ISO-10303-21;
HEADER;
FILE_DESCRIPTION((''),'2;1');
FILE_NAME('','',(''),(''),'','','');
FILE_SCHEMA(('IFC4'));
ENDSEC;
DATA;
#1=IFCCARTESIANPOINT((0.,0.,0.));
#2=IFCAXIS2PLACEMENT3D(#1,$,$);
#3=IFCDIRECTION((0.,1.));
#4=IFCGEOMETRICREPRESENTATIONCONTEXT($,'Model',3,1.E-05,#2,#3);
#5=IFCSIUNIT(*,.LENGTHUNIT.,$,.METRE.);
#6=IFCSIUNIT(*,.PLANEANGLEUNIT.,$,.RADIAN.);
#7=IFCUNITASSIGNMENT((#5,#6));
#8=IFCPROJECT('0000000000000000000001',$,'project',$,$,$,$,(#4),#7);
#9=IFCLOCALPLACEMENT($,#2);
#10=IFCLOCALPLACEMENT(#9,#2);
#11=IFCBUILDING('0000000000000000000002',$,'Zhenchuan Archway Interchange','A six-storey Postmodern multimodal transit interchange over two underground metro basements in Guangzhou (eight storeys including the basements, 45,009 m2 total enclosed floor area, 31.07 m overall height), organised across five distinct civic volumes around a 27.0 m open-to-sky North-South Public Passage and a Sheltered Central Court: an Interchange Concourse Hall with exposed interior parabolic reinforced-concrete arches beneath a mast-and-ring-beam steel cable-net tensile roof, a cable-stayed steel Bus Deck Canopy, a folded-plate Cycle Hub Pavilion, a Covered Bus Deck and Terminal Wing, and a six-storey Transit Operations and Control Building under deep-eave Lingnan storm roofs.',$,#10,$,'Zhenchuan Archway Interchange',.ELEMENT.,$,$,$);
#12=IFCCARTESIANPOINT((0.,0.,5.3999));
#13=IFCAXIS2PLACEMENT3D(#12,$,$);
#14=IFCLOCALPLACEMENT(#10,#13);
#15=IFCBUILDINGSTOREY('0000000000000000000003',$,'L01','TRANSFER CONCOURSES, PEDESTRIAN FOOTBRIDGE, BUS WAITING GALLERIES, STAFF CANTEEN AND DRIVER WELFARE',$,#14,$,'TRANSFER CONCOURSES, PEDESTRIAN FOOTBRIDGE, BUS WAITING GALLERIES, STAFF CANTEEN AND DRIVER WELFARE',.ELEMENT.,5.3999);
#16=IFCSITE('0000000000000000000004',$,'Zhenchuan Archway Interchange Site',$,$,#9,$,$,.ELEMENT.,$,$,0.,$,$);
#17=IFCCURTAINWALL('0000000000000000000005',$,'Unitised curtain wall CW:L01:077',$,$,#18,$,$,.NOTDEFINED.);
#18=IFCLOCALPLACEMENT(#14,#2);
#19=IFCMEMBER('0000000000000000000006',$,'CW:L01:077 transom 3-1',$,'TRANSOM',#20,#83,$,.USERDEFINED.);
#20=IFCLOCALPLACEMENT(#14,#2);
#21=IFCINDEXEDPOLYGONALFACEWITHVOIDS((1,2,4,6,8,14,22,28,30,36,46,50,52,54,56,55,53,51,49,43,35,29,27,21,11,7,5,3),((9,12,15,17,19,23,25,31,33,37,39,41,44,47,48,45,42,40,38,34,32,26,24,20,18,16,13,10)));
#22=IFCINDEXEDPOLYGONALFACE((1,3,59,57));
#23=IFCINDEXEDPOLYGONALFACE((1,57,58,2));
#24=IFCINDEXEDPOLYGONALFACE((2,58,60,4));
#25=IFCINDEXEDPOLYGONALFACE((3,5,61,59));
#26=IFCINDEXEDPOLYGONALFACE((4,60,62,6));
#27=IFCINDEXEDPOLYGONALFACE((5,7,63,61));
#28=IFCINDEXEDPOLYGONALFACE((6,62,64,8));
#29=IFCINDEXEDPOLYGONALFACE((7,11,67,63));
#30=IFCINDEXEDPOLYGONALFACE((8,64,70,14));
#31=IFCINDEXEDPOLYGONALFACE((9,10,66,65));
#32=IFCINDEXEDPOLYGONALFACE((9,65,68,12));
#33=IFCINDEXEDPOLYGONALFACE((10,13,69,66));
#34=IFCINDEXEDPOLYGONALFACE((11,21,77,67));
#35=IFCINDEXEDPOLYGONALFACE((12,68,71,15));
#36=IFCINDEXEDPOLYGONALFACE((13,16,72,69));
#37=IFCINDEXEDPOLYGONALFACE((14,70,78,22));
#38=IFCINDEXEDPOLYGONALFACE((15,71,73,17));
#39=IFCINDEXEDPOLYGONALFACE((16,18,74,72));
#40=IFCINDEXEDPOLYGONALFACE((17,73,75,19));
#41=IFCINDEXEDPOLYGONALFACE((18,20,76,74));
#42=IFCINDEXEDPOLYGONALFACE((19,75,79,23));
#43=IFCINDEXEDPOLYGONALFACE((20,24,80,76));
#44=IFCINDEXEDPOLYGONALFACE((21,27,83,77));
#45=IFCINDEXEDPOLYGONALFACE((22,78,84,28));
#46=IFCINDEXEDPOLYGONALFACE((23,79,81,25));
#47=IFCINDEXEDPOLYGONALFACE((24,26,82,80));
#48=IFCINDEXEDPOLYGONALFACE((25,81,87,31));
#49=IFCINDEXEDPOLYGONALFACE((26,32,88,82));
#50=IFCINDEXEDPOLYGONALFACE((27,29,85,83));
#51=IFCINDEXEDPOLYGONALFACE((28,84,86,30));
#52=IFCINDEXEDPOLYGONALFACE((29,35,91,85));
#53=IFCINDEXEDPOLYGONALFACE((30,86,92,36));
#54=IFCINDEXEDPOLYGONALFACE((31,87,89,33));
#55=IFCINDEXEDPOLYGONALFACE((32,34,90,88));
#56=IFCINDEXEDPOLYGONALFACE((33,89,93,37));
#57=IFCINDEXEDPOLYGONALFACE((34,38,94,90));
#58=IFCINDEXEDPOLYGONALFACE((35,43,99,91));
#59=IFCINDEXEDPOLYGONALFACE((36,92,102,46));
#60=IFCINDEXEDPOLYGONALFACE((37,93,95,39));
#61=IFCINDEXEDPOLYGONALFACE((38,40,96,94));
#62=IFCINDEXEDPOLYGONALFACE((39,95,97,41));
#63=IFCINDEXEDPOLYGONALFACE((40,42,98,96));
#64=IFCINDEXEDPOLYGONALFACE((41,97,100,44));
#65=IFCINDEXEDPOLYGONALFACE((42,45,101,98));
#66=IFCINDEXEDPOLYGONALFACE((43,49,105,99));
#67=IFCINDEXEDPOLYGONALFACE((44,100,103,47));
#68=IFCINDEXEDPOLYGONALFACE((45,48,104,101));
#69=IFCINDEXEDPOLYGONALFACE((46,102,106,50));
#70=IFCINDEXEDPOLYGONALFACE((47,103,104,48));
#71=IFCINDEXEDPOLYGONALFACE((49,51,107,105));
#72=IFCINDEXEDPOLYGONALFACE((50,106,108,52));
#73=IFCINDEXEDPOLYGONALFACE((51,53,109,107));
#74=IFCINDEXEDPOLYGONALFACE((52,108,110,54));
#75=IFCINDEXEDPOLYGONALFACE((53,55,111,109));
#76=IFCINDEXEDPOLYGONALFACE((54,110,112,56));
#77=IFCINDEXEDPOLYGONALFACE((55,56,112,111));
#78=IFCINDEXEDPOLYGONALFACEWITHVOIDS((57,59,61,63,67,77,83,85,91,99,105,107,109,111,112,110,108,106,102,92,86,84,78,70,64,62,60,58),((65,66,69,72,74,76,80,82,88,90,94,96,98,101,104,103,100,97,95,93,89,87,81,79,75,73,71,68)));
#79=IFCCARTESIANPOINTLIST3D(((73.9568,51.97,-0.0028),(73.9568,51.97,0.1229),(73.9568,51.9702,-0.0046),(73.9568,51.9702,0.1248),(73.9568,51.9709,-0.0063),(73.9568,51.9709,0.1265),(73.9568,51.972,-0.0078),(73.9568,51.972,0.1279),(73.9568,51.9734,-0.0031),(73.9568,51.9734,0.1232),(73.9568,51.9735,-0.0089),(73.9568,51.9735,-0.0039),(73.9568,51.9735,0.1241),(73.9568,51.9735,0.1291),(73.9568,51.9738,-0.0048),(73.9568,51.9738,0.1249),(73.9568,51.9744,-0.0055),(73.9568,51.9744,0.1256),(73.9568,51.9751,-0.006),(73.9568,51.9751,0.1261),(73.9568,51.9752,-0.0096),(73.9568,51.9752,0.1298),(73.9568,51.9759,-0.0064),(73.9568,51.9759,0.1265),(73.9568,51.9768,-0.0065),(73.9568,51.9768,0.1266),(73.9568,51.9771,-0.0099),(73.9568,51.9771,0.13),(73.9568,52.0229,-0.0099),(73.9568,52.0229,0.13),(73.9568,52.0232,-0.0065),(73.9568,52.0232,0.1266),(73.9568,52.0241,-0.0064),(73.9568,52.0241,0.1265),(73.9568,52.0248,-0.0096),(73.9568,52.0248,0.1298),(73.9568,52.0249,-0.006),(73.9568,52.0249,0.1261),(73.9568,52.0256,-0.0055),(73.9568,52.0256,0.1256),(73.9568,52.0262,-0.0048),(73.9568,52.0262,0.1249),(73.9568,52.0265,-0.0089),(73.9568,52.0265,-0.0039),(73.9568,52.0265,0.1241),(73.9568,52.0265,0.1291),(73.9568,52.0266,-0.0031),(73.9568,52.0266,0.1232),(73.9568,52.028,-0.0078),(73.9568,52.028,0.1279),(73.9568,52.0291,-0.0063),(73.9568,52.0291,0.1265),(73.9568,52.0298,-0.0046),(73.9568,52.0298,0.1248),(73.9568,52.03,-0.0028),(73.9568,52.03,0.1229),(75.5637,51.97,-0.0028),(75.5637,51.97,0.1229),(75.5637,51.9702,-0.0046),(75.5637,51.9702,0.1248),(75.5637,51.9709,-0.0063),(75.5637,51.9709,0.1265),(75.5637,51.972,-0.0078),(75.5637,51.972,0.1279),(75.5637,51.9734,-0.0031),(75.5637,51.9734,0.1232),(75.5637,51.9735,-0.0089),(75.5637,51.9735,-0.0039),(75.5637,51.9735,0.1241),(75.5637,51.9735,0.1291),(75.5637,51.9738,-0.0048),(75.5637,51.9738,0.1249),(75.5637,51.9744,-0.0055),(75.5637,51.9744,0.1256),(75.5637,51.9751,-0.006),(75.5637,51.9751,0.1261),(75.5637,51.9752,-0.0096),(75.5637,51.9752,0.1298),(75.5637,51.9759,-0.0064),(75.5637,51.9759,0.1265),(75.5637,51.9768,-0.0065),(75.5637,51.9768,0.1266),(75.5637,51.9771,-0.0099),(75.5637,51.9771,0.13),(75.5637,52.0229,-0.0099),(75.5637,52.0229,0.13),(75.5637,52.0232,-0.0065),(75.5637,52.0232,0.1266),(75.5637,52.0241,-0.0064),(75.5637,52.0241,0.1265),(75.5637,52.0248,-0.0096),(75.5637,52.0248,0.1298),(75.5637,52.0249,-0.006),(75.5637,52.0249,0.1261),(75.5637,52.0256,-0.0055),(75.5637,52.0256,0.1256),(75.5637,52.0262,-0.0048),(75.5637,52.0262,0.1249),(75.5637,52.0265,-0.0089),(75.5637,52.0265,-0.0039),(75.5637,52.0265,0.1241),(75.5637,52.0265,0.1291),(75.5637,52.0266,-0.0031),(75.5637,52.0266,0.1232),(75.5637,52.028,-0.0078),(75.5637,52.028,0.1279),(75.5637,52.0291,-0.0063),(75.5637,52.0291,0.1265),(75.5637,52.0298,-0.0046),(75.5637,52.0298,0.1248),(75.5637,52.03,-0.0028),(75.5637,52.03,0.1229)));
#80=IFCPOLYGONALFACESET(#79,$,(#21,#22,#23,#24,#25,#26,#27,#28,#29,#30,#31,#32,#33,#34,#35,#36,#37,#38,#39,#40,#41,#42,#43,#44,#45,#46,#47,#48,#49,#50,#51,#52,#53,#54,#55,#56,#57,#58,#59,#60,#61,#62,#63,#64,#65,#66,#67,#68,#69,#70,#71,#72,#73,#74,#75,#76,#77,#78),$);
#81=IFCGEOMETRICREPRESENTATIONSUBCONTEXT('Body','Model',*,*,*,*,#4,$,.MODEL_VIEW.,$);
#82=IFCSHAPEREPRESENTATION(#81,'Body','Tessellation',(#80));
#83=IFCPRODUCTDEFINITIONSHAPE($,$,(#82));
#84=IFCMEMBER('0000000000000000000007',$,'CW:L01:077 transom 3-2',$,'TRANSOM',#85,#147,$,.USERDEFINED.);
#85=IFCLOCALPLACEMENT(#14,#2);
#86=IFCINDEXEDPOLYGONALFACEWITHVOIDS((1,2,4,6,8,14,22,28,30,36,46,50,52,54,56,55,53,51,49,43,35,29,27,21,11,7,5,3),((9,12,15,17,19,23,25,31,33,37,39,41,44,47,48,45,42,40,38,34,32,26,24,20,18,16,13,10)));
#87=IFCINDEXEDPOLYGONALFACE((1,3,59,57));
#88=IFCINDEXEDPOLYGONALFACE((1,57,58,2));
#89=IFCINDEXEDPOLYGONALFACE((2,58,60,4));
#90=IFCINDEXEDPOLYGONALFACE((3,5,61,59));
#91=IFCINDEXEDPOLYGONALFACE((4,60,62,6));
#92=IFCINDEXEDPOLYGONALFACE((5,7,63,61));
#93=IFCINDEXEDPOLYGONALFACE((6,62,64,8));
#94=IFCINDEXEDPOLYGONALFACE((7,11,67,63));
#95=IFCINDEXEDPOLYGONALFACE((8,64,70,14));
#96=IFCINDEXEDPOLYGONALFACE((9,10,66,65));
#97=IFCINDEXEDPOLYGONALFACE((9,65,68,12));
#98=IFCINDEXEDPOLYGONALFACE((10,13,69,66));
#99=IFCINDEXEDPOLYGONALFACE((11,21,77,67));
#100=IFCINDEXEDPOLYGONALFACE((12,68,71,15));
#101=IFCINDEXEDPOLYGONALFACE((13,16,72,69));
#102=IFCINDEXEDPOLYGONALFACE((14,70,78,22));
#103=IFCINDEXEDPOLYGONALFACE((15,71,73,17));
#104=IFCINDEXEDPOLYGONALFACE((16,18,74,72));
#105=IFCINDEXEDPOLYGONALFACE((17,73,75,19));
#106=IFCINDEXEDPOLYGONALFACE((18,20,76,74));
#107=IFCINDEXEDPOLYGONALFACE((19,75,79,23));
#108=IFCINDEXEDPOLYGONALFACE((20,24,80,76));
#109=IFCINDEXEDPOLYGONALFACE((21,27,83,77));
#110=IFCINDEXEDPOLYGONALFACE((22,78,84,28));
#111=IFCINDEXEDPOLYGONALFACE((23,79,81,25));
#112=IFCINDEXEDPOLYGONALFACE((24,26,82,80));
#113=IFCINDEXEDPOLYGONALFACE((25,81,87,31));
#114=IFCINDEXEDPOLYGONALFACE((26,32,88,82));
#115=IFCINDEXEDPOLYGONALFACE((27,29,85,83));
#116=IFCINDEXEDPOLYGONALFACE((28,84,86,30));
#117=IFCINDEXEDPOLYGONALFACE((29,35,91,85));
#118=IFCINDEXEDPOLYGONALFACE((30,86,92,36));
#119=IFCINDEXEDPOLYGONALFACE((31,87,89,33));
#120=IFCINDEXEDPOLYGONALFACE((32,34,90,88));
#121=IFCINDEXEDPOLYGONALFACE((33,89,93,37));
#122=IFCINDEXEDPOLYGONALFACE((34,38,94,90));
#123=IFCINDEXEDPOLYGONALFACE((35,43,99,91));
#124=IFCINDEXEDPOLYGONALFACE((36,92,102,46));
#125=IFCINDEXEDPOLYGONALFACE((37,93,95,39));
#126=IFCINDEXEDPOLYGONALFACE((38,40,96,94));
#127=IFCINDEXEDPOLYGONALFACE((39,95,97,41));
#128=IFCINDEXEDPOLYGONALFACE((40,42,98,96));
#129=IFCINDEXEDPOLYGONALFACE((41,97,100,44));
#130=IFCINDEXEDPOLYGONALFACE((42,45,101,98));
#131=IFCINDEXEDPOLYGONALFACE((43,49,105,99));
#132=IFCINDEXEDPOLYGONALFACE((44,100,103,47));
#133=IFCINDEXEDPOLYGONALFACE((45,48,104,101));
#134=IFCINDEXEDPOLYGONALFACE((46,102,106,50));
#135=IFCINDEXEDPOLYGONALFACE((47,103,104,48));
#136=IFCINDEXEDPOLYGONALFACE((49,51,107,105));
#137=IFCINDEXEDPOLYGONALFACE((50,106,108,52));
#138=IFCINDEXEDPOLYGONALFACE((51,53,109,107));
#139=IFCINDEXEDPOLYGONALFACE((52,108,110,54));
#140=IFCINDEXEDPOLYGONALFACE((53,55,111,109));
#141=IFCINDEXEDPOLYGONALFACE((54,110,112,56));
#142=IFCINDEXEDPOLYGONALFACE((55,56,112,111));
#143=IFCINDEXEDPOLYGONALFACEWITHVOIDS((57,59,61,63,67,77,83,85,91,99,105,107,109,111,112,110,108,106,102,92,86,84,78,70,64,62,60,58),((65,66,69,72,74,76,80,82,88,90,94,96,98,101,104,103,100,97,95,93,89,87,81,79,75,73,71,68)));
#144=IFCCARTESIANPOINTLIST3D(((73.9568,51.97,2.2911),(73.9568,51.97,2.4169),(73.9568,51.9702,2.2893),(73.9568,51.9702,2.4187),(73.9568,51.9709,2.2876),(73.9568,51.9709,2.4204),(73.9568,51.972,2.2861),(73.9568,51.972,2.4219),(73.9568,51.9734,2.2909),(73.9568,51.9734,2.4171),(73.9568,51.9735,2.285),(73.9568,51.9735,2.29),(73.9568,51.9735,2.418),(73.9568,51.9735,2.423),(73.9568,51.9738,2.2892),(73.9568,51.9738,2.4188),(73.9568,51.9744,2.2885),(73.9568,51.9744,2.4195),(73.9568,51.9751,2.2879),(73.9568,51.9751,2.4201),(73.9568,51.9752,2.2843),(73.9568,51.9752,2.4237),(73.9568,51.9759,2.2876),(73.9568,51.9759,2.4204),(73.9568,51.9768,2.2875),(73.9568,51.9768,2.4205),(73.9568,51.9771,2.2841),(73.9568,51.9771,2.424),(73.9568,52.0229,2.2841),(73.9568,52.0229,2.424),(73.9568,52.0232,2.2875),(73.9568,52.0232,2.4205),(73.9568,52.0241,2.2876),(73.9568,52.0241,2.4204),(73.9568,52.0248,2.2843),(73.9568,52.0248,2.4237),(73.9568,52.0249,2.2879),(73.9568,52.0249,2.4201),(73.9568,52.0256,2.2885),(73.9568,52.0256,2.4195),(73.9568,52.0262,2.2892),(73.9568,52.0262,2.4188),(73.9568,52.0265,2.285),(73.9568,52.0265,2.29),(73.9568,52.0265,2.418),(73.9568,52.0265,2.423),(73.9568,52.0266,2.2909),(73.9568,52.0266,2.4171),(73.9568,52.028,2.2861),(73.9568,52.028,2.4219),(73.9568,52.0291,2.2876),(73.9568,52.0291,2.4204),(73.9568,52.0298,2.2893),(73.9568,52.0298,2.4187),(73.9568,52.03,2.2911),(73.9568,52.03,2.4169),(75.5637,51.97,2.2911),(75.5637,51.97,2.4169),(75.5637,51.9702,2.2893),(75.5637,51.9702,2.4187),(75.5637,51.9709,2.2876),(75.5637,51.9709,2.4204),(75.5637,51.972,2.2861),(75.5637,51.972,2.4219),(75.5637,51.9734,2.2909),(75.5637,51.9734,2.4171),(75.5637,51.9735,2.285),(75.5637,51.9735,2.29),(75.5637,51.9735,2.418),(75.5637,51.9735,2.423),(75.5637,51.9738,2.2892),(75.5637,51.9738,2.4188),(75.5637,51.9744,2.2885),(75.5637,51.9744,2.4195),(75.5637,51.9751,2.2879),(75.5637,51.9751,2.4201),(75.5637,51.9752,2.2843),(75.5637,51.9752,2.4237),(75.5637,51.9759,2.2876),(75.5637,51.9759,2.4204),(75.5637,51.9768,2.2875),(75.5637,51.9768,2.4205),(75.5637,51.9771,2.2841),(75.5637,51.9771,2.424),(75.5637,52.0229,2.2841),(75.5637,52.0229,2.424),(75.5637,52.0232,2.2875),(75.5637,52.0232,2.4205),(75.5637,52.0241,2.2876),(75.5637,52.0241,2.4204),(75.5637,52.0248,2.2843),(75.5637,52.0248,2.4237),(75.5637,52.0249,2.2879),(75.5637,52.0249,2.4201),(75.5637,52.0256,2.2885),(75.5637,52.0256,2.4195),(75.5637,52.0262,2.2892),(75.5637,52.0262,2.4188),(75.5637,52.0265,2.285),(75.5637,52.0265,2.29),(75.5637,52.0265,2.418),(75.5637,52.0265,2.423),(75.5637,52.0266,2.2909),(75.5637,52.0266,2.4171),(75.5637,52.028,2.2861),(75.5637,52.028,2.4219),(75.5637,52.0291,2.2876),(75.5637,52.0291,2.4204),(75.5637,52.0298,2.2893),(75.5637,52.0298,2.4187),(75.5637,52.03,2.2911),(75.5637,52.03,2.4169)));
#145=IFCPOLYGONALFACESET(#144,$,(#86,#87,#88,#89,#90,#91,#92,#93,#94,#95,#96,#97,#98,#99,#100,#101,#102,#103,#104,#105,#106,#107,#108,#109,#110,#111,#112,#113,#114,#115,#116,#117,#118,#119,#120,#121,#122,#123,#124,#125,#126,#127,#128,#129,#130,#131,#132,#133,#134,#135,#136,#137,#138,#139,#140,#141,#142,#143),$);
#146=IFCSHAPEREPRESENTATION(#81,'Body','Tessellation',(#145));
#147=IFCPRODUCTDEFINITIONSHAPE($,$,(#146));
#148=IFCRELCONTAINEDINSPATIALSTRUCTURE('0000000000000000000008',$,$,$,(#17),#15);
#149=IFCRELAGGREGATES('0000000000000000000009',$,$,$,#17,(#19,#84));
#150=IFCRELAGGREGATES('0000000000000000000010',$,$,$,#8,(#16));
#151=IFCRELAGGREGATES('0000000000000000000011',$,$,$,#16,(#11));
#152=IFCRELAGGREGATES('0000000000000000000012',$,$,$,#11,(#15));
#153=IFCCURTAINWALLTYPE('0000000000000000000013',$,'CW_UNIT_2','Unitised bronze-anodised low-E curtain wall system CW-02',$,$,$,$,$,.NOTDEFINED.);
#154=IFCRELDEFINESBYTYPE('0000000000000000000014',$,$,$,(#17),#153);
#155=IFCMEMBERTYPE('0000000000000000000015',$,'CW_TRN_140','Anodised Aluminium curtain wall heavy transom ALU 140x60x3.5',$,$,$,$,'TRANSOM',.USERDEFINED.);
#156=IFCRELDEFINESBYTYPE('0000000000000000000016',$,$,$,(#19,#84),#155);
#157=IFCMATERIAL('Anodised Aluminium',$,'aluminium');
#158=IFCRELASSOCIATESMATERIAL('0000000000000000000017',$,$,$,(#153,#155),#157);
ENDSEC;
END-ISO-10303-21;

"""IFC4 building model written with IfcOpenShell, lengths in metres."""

from ifc_helpers import new_model, si_unit, direction, frame, origin, origin_2d, place, context, subcontext, project, spatial, hollow_rectangle, extrude, material, material_profile, profile_set, type_object, element, aggregate, save


model = new_model("IFC4")

# Units and contexts
model_context = context("Model", 3, precision=1e-05, world=origin(), true_north=direction((0.0, 1.0)))
body_context = subcontext(model_context, "Body", "Model", "MODEL_VIEW")
ifc_project = project(units=[si_unit("LENGTHUNIT", "METRE"), si_unit("PLANEANGLEUNIT", "RADIAN")], contexts=[model_context])

# Site, building, storey
site_placement = place(None, origin())
site = spatial("IfcSite", under=ifc_project, at=site_placement, Name="Zhenchuan Archway Interchange Site", CompositionType="ELEMENT", RefElevation=0.0)
building_placement = place(site_placement, origin())
building = spatial("IfcBuilding", under=site, at=building_placement, Name="Zhenchuan Archway Interchange", Description="A six-storey Postmodern multimodal transit interchange over two underground metro basements in Guangzhou (eight storeys including the basements, 45,009 m2 total enclosed floor area, 31.07 m overall height), organised across five distinct civic volumes around a 27.0 m open-to-sky North-South Public Passage and a Sheltered Central Court: an Interchange Concourse Hall with exposed interior parabolic reinforced-concrete arches beneath a mast-and-ring-beam steel cable-net tensile roof, a cable-stayed steel Bus Deck Canopy, a folded-plate Cycle Hub Pavilion, a Covered Bus Deck and Terminal Wing, and a six-storey Transit Operations and Control Building under deep-eave Lingnan storm roofs.", LongName="Zhenchuan Archway Interchange", CompositionType="ELEMENT")
storey_placement = place(building_placement, frame((0.0, 0.0, 5.3999)))
storey = spatial("IfcBuildingStorey", under=building, at=storey_placement, Name="L01", Description="TRANSFER CONCOURSES, PEDESTRIAN FOOTBRIDGE, BUS WAITING GALLERIES, STAFF CANTEEN AND DRIVER WELFARE", LongName="TRANSFER CONCOURSES, PEDESTRIAN FOOTBRIDGE, BUS WAITING GALLERIES, STAFF CANTEEN AND DRIVER WELFARE", CompositionType="ELEMENT", Elevation=5.3999)

# Shared definitions
ifc_material_1 = material(Name="Anodised Aluminium", Category="aluminium")

# Curtain wall, members
curtain_wall_type_1 = type_object("IfcCurtainWallType", Name="CW_UNIT_2", Description="Unitised bronze-anodised low-E curtain wall system CW-02", PredefinedType="NOTDEFINED", material=ifc_material_1)
curtain_wall_1_placement = place(storey_placement, origin())
curtain_wall_1 = element("IfcCurtainWall", 1, at=curtain_wall_1_placement, inside=storey, type_object=curtain_wall_type_1, Name="Unitised curtain wall CW:L01:077", PredefinedType="NOTDEFINED")
ifc_material_profile_1 = material_profile(ifc_material_1, hollow_rectangle(XDim=0.0601, YDim=0.1399, WallThickness=0.0034, InnerFilletRadius=0.0034, OuterFilletRadius=0.0071, at=origin_2d()), Name="ALU 140x60x3.5")
ifc_profile_set_1 = profile_set([ifc_material_profile_1], Name="Anodised Aluminium")
member_type_1 = type_object("IfcMemberType", Name="CW_TRN_140", Description="Anodised Aluminium curtain wall heavy transom ALU 140x60x3.5", ElementType="TRANSOM", PredefinedType="USERDEFINED", material=ifc_profile_set_1)
member_1_placement = place(storey_placement, frame((75.5637, 52.0, 0.0601), z_axis=(-1.0, 0.0, 0.0), x_axis=(0.0, -1.0, 0.0)))
member_1 = element("IfcMember", 2, at=member_1_placement, type_object=member_type_1, Name="CW:L01:077 transom 3-1", ObjectType="TRANSOM", PredefinedType="USERDEFINED", context=body_context, shape_type="SweptSolid", body=[
    extrude(hollow_rectangle(XDim=0.0601, YDim=0.1399, WallThickness=0.0034, InnerFilletRadius=0.0034, OuterFilletRadius=0.0071, at=origin_2d()), origin(), (0.0, 0.0, 1.0), 1.6069),
])
member_2_placement = place(storey_placement, frame((75.5637, 52.0, 2.354), z_axis=(-1.0, 0.0, 0.0), x_axis=(0.0, -1.0, 0.0)))
member_2 = element("IfcMember", 3, at=member_2_placement, type_object=member_type_1, Name="CW:L01:077 transom 3-2", ObjectType="TRANSOM", PredefinedType="USERDEFINED", context=body_context, shape_type="SweptSolid", body=[
    extrude(hollow_rectangle(XDim=0.0601, YDim=0.1399, WallThickness=0.0034, InnerFilletRadius=0.0034, OuterFilletRadius=0.0071, at=origin_2d()), origin(), (0.0, 0.0, 1.0), 1.6069),
])
aggregate(curtain_wall_1, [member_1, member_2])

save(model, "model.ifc")
